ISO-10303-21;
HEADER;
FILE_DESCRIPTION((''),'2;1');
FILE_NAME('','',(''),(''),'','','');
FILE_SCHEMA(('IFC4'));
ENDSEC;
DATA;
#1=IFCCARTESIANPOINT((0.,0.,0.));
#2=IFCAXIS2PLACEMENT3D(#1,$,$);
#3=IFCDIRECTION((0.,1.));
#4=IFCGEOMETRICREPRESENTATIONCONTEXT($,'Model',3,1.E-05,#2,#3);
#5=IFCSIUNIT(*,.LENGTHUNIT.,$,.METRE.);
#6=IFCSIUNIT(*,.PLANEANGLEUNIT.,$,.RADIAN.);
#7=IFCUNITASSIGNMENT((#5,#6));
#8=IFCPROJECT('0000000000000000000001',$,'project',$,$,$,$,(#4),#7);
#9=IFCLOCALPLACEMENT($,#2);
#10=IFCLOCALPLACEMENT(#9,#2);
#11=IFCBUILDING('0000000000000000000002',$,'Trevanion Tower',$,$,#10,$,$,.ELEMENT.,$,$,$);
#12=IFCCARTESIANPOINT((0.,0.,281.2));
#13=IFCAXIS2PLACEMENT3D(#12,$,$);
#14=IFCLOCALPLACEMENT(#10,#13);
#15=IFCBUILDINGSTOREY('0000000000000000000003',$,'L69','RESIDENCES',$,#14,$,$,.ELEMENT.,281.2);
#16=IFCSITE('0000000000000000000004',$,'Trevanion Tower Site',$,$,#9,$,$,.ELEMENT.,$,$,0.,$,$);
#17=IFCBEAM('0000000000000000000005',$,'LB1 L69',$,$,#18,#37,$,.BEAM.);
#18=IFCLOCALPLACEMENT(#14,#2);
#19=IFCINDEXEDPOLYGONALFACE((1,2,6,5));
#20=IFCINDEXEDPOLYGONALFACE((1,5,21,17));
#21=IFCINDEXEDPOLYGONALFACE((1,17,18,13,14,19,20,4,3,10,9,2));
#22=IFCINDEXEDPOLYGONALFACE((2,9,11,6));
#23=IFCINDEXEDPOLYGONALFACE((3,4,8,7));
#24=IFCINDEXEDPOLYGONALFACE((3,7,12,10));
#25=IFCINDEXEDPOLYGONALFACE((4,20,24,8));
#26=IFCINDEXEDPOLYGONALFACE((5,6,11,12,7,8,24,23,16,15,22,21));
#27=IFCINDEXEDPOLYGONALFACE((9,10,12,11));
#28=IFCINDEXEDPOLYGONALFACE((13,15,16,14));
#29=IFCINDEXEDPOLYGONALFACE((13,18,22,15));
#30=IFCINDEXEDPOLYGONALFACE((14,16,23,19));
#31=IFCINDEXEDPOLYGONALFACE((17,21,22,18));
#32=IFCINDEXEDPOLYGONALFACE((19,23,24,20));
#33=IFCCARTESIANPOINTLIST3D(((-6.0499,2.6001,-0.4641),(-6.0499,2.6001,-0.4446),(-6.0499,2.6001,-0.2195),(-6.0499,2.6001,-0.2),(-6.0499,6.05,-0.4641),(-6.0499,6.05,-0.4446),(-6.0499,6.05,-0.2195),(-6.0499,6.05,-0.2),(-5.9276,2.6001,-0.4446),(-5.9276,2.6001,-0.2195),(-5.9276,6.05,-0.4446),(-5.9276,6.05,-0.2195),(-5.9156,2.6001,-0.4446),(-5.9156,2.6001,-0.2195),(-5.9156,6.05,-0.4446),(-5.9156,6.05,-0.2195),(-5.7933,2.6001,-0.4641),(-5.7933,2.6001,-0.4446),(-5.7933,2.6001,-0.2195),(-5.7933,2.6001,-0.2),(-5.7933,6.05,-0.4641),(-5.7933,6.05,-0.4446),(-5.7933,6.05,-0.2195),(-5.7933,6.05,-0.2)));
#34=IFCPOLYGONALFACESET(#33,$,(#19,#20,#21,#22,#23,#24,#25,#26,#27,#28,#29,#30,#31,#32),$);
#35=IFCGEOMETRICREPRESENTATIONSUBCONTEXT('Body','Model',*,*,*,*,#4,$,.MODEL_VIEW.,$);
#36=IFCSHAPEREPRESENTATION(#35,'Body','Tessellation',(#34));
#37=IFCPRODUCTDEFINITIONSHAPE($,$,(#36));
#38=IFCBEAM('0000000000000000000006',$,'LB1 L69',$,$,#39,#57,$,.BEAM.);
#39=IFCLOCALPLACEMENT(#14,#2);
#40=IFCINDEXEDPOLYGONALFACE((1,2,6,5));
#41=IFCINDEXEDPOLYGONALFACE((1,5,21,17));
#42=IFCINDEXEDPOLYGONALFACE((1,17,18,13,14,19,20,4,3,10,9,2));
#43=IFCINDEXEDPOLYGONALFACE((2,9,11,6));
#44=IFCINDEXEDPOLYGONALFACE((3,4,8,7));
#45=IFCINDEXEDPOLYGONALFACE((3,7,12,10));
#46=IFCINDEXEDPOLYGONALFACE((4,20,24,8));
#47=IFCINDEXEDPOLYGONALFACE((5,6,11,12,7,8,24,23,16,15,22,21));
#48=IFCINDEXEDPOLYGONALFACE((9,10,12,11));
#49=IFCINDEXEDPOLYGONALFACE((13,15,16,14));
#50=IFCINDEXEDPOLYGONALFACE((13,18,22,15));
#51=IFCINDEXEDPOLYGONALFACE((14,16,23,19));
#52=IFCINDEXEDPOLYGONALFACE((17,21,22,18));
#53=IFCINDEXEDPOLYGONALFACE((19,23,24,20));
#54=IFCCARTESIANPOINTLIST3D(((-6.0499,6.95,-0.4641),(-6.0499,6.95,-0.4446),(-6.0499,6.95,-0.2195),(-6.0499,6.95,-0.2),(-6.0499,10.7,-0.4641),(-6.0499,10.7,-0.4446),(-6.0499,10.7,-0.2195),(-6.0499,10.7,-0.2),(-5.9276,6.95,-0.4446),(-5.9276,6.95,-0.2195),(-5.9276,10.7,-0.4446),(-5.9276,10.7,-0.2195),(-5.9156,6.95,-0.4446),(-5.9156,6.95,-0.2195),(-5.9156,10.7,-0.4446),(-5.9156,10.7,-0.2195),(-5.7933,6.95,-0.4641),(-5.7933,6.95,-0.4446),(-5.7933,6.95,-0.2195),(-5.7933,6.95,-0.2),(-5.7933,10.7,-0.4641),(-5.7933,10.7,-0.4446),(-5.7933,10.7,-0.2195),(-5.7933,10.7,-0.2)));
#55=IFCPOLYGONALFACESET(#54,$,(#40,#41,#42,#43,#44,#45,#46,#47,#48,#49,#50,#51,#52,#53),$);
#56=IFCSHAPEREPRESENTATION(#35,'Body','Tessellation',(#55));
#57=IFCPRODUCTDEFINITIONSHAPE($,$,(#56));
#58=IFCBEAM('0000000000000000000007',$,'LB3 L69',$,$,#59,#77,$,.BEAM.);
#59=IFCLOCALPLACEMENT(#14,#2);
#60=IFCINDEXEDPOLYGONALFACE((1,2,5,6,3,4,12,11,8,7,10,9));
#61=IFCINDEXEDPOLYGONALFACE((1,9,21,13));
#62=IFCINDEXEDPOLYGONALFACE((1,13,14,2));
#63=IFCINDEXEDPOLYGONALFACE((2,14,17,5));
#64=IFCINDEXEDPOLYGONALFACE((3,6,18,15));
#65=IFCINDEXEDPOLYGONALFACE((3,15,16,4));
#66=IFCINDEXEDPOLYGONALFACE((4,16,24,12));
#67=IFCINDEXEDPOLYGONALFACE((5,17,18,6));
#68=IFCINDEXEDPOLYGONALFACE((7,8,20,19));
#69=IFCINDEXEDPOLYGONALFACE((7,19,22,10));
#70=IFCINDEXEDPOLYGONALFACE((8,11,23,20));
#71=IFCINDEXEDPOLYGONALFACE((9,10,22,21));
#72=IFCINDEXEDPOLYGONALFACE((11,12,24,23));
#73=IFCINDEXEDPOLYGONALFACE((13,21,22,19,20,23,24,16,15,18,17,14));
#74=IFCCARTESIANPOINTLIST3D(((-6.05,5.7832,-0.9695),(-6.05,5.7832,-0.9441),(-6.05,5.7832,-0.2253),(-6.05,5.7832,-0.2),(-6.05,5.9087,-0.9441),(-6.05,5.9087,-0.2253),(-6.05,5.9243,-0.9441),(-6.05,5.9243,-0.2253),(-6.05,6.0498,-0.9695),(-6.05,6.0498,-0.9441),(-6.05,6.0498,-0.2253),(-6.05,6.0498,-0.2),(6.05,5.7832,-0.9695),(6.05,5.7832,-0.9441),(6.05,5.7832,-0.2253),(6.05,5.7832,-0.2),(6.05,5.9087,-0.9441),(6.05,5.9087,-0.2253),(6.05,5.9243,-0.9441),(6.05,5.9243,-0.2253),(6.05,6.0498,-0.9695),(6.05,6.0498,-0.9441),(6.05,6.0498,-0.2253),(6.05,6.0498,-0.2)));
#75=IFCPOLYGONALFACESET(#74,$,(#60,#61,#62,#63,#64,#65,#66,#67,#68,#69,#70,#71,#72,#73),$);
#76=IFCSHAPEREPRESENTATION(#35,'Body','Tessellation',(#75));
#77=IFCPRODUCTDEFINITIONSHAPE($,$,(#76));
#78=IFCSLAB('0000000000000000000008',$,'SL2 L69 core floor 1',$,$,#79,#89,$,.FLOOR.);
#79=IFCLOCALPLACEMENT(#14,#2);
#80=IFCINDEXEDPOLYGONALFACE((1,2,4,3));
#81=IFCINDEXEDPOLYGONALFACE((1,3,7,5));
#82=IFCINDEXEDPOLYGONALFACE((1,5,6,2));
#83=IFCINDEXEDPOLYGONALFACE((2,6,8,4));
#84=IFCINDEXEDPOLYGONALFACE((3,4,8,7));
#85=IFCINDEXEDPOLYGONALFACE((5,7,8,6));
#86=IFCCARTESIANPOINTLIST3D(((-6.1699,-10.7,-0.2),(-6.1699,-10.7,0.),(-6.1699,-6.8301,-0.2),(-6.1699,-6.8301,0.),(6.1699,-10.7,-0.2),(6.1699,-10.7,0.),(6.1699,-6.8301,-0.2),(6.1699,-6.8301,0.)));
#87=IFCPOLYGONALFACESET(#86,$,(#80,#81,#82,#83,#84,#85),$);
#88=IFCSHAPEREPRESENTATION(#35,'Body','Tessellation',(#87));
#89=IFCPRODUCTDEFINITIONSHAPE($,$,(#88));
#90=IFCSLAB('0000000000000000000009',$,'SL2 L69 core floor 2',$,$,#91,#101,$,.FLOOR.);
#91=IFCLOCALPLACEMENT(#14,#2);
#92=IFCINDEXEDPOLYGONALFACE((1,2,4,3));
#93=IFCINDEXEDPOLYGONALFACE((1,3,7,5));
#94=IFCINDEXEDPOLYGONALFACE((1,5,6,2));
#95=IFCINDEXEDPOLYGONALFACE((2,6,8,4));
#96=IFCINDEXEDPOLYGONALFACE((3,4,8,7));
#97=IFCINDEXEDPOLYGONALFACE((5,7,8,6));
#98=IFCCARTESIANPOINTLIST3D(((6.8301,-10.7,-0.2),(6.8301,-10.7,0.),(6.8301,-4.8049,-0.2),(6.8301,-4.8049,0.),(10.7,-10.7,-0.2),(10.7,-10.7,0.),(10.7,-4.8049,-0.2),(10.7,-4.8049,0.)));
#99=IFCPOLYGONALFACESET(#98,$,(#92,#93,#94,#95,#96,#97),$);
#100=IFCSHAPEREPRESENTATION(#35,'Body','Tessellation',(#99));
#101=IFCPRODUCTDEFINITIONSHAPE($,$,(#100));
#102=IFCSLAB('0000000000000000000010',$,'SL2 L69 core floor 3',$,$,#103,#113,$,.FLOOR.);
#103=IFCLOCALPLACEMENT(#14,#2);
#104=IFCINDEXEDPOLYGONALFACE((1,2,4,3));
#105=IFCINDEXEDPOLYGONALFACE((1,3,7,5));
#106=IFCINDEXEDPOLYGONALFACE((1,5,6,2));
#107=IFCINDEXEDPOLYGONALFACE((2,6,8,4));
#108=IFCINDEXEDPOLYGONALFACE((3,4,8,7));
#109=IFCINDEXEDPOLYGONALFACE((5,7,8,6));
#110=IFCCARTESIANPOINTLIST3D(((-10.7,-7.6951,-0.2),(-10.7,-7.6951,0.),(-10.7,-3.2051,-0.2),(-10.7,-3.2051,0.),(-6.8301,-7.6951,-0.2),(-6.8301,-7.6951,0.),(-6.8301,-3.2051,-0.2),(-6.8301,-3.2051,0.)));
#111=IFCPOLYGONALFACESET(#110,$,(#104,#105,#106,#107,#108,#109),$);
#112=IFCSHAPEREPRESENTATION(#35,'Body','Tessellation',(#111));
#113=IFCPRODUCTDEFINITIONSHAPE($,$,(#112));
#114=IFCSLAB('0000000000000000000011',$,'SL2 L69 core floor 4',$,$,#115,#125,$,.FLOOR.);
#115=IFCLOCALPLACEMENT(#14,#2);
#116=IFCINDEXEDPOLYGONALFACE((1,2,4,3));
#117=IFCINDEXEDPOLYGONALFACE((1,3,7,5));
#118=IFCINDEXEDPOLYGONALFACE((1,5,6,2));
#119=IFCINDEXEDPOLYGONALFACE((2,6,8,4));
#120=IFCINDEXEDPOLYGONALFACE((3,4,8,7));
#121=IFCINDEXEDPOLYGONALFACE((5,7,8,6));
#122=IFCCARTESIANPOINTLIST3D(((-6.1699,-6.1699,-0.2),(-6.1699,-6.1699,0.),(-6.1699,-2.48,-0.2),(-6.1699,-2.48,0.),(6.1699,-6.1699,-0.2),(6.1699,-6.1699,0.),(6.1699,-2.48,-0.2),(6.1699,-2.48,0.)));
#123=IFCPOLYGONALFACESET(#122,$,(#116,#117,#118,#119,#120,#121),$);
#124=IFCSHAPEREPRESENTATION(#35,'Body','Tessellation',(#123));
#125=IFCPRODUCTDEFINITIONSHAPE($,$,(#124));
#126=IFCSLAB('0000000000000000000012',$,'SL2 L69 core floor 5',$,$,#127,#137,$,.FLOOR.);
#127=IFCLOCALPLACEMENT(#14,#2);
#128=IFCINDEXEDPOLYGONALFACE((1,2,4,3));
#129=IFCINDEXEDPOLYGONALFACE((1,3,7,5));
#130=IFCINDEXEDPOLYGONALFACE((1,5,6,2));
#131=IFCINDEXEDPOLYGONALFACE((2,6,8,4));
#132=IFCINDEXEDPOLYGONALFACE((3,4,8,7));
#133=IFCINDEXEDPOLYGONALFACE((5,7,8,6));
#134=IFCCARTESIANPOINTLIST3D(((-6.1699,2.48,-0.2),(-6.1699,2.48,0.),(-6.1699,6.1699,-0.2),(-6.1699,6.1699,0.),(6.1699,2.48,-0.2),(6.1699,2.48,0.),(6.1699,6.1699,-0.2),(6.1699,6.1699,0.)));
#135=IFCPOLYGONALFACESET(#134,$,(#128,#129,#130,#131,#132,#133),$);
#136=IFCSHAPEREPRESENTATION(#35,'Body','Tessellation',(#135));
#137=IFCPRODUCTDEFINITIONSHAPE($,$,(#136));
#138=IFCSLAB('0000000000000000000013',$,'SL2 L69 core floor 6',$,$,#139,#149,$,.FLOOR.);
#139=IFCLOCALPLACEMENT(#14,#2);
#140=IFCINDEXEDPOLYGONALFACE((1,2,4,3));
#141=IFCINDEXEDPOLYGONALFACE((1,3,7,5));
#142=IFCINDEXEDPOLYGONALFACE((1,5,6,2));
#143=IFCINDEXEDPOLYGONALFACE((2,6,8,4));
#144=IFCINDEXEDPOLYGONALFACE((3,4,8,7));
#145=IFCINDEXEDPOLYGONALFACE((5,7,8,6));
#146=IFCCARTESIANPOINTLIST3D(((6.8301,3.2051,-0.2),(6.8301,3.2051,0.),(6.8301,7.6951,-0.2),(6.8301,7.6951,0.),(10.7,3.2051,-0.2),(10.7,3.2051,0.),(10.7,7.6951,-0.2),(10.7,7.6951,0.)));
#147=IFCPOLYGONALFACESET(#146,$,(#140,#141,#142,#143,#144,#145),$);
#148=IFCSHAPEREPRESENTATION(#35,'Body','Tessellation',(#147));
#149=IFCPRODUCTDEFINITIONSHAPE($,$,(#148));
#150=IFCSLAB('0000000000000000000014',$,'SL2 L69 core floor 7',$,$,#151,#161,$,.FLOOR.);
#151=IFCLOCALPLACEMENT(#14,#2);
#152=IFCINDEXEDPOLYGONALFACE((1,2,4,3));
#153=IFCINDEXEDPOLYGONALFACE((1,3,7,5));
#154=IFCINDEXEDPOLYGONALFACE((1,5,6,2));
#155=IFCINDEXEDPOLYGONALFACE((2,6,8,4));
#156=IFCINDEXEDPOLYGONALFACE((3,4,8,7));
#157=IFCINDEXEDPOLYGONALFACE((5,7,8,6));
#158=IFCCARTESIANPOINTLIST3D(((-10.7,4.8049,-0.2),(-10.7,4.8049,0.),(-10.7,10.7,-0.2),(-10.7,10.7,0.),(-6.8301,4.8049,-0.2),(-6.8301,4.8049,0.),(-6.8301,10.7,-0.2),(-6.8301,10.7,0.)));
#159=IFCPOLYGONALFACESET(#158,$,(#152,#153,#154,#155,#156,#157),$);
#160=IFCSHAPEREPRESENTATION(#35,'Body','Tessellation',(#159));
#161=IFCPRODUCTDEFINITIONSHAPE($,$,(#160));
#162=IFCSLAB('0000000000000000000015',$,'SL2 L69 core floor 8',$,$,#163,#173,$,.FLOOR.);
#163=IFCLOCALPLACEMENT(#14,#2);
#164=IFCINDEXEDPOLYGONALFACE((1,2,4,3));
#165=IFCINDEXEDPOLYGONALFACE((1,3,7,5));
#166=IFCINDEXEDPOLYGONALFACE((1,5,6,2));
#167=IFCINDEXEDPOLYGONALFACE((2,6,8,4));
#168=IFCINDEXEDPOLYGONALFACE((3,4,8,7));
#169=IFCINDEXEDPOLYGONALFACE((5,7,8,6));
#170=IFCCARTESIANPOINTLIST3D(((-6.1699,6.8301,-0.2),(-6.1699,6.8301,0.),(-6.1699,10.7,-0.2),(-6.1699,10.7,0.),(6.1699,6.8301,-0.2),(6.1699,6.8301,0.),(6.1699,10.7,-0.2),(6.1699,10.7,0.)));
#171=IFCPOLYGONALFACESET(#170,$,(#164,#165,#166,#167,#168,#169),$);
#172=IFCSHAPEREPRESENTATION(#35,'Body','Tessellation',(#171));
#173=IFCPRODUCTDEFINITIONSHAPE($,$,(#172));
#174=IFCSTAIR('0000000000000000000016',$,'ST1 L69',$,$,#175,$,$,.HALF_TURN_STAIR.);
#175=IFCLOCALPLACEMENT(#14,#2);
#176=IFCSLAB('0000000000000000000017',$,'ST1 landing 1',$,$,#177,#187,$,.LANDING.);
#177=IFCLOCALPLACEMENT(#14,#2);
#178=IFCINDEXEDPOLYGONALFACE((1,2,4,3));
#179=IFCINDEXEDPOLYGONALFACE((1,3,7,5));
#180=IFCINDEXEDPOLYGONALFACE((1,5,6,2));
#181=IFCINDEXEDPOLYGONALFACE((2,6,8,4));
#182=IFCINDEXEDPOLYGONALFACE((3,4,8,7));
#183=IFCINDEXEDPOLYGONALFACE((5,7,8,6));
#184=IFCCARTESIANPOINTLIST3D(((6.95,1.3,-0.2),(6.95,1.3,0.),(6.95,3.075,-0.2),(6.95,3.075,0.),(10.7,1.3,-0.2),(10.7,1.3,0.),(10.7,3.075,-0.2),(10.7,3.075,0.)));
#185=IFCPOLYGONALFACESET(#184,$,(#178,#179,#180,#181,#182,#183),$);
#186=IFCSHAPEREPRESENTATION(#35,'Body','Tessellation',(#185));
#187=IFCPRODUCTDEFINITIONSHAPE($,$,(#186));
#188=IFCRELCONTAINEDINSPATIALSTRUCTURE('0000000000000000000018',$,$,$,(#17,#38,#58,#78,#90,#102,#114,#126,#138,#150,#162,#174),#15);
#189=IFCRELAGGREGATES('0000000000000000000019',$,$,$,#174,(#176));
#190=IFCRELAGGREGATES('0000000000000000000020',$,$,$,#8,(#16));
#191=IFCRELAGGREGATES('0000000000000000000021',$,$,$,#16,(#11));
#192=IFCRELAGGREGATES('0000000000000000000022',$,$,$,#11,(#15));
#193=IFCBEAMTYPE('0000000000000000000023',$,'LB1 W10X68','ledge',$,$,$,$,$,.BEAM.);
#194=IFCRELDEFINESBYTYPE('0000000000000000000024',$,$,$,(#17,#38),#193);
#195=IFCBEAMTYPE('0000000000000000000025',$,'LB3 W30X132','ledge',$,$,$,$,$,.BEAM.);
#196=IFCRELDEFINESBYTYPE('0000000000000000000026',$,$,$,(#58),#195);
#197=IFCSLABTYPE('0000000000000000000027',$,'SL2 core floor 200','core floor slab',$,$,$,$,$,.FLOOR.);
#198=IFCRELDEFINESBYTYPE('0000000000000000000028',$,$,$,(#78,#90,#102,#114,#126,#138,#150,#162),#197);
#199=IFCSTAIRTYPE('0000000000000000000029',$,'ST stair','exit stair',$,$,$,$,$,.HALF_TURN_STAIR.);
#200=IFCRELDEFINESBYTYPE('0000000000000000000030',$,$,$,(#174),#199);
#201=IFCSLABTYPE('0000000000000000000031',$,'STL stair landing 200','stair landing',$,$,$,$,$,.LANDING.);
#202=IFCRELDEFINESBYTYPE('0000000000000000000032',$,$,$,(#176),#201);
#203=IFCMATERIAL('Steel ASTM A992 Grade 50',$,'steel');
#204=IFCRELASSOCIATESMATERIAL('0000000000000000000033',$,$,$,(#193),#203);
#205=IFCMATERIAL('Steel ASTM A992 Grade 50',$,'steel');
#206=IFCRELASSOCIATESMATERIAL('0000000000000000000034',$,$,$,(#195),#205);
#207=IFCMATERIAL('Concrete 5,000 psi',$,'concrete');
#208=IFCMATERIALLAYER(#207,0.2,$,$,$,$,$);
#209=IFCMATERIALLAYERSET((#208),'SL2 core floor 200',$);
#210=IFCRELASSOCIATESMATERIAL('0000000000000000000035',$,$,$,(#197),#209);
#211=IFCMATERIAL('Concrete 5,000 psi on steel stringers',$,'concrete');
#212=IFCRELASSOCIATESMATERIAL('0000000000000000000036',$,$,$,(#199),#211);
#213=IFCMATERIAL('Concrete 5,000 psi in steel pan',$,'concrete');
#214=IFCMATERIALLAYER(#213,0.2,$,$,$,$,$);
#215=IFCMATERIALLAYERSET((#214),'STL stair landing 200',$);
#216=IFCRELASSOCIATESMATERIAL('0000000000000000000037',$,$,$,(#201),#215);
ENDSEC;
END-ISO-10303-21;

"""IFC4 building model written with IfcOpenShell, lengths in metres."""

from ifc_helpers import new_model, si_unit, direction, frame, origin, origin_2d, place, context, subcontext, project, spatial, polyline, i_section, outline, extrude, material, layer, layer_set, material_profile, profile_set, type_object, element, aggregate, save


model = new_model("IFC4")

# Units and contexts
model_context = context("Model", 3, precision=1e-05, world=origin(), true_north=direction((0.0, 1.0)))
body_context = subcontext(model_context, "Body", "Model", "MODEL_VIEW")
ifc_project = project(units=[si_unit("LENGTHUNIT", "METRE"), si_unit("PLANEANGLEUNIT", "RADIAN")], contexts=[model_context])

# Site, building, storey
site_placement = place(None, origin())
site = spatial("IfcSite", under=ifc_project, at=site_placement, Name="Trevanion Tower Site", CompositionType="ELEMENT", RefElevation=0.0)
building_placement = place(site_placement, origin())
building = spatial("IfcBuilding", under=site, at=building_placement, Name="Trevanion Tower", CompositionType="ELEMENT")
storey_placement = place(building_placement, frame((0.0, 0.0, 281.2)))
storey = spatial("IfcBuildingStorey", under=building, at=storey_placement, Name="L69", Description="RESIDENCES", CompositionType="ELEMENT", Elevation=281.2)

# Beams
ifc_material_1 = material(Name="Steel ASTM A992 Grade 50", Category="steel")
ifc_material_profile_1 = material_profile(ifc_material_1, i_section(OverallWidth=0.2566, OverallDepth=0.2642, WebThickness=0.012, FlangeThickness=0.0195, at=origin_2d()), Name="W10X68")
ifc_profile_set_1 = profile_set([ifc_material_profile_1], Name="Steel ASTM A992 Grade 50")
beam_type_1 = type_object("IfcBeamType", Name="LB1 W10X68", Description="ledge", PredefinedType="BEAM", material=ifc_profile_set_1)
beam_1_placement = place(storey_placement, frame((-5.9216, 2.6001, -0.332), z_axis=(0.0, 1.0, 0.0), x_axis=(-1.0, 0.0, 0.0)))
element("IfcBeam", 1, at=beam_1_placement, inside=storey, type_object=beam_type_1, Name="LB1 L69", PredefinedType="BEAM", context=body_context, shape_type="SweptSolid", body=[
    extrude(i_section(OverallWidth=0.2566, OverallDepth=0.2642, WebThickness=0.012, FlangeThickness=0.0195, at=origin_2d()), origin(), (0.0, 0.0, 1.0), 3.45),
])
beam_2_placement = place(storey_placement, frame((-5.9216, 6.95, -0.332), z_axis=(0.0, 1.0, 0.0), x_axis=(-1.0, 0.0, 0.0)))
element("IfcBeam", 2, at=beam_2_placement, inside=storey, type_object=beam_type_1, Name="LB1 L69", PredefinedType="BEAM", context=body_context, shape_type="SweptSolid", body=[
    extrude(i_section(OverallWidth=0.2566, OverallDepth=0.2642, WebThickness=0.012, FlangeThickness=0.0195, at=origin_2d()), origin(), (0.0, 0.0, 1.0), 3.75),
])
ifc_material_2 = material(Name="Steel ASTM A992 Grade 50", Category="steel")
ifc_material_profile_2 = material_profile(ifc_material_2, i_section(OverallWidth=0.2666, OverallDepth=0.7695, WebThickness=0.0156, FlangeThickness=0.0254, at=origin_2d()), Name="W30X132")
ifc_profile_set_2 = profile_set([ifc_material_profile_2], Name="Steel ASTM A992 Grade 50")
beam_type_2 = type_object("IfcBeamType", Name="LB3 W30X132", Description="ledge", PredefinedType="BEAM", material=ifc_profile_set_2)
beam_3_placement = place(storey_placement, frame((-6.05, 5.9165, -0.5847), z_axis=(1.0, 0.0, 0.0), x_axis=(0.0, 1.0, 0.0)))
element("IfcBeam", 3, at=beam_3_placement, inside=storey, type_object=beam_type_2, Name="LB3 L69", PredefinedType="BEAM", context=body_context, shape_type="SweptSolid", body=[
    extrude(i_section(OverallWidth=0.2666, OverallDepth=0.7695, WebThickness=0.0156, FlangeThickness=0.0254, at=origin_2d()), origin(), (0.0, 0.0, 1.0), 12.1001),
])

# Slabs
ifc_material_3 = material(Name="Concrete 5,000 psi", Category="concrete")
ifc_layer_1 = layer(ifc_material_3, 0.2)
ifc_layer_set_1 = layer_set([ifc_layer_1], Name="SL2 core floor 200")
slab_type_1 = type_object("IfcSlabType", Name="SL2 core floor 200", Description="core floor slab", PredefinedType="FLOOR", material=ifc_layer_set_1)
slab_1_placement = place(storey_placement, frame((0.0, 0.0, -0.2)))
element("IfcSlab", 4, at=slab_1_placement, inside=storey, type_object=slab_type_1, Name="SL2 L69 core floor 1", PredefinedType="FLOOR", context=body_context, shape_type="SweptSolid", body=[
    extrude(outline(polyline([(6.1699, -10.7), (-6.1699, -10.7), (-6.1699, -6.8301), (6.1699, -6.8301), (6.1699, -10.7)])), origin(), (0.0, 0.0, 1.0), 0.2),
])
slab_2_placement = place(storey_placement, frame((0.0, 0.0, -0.2)))
element("IfcSlab", 5, at=slab_2_placement, inside=storey, type_object=slab_type_1, Name="SL2 L69 core floor 2", PredefinedType="FLOOR", context=body_context, shape_type="SweptSolid", body=[
    extrude(outline(polyline([(6.8301, -4.8049), (10.7, -4.8049), (10.7, -10.7), (6.8301, -10.7), (6.8301, -4.8049)])), origin(), (0.0, 0.0, 1.0), 0.2),
])
slab_3_placement = place(storey_placement, frame((0.0, 0.0, -0.2)))
element("IfcSlab", 6, at=slab_3_placement, inside=storey, type_object=slab_type_1, Name="SL2 L69 core floor 3", PredefinedType="FLOOR", context=body_context, shape_type="SweptSolid", body=[
    extrude(outline(polyline([(-6.8301, -3.2051), (-6.8301, -7.6951), (-10.7, -7.6951), (-10.7, -3.2051), (-6.8301, -3.2051)])), origin(), (0.0, 0.0, 1.0), 0.2),
])
slab_4_placement = place(storey_placement, frame((0.0, 0.0, -0.2)))
element("IfcSlab", 7, at=slab_4_placement, inside=storey, type_object=slab_type_1, Name="SL2 L69 core floor 4", PredefinedType="FLOOR", context=body_context, shape_type="SweptSolid", body=[
    extrude(outline(polyline([(6.1699, -6.1699), (-6.1699, -6.1699), (-6.1699, -2.48), (6.1699, -2.48), (6.1699, -6.1699)])), origin(), (0.0, 0.0, 1.0), 0.2),
])
slab_5_placement = place(storey_placement, frame((0.0, 0.0, -0.2)))
element("IfcSlab", 8, at=slab_5_placement, inside=storey, type_object=slab_type_1, Name="SL2 L69 core floor 5", PredefinedType="FLOOR", context=body_context, shape_type="SweptSolid", body=[
    extrude(outline(polyline([(6.1699, 2.48), (-6.1699, 2.48), (-6.1699, 6.1699), (6.1699, 6.1699), (6.1699, 2.48)])), origin(), (0.0, 0.0, 1.0), 0.2),
])
slab_6_placement = place(storey_placement, frame((0.0, 0.0, -0.2)))
element("IfcSlab", 9, at=slab_6_placement, inside=storey, type_object=slab_type_1, Name="SL2 L69 core floor 6", PredefinedType="FLOOR", context=body_context, shape_type="SweptSolid", body=[
    extrude(outline(polyline([(6.8301, 3.2051), (6.8301, 7.6951), (10.7, 7.6951), (10.7, 3.2051), (6.8301, 3.2051)])), origin(), (0.0, 0.0, 1.0), 0.2),
])
slab_7_placement = place(storey_placement, frame((0.0, 0.0, -0.2)))
element("IfcSlab", 10, at=slab_7_placement, inside=storey, type_object=slab_type_1, Name="SL2 L69 core floor 7", PredefinedType="FLOOR", context=body_context, shape_type="SweptSolid", body=[
    extrude(outline(polyline([(-6.8301, 4.8049), (-10.7, 4.8049), (-10.7, 10.7), (-6.8301, 10.7), (-6.8301, 4.8049)])), origin(), (0.0, 0.0, 1.0), 0.2),
])
slab_8_placement = place(storey_placement, frame((0.0, 0.0, -0.2)))
element("IfcSlab", 11, at=slab_8_placement, inside=storey, type_object=slab_type_1, Name="SL2 L69 core floor 8", PredefinedType="FLOOR", context=body_context, shape_type="SweptSolid", body=[
    extrude(outline(polyline([(6.1699, 6.8301), (-6.1699, 6.8301), (-6.1699, 10.7), (6.1699, 10.7), (6.1699, 6.8301)])), origin(), (0.0, 0.0, 1.0), 0.2),
])

# Stair, slab
ifc_material_4 = material(Name="Concrete 5,000 psi on steel stringers", Category="concrete")
stair_type = type_object("IfcStairType", Name="ST stair", Description="exit stair", PredefinedType="HALF_TURN_STAIR", material=ifc_material_4)
stair_1_placement = place(storey_placement, origin())
stair_1 = element("IfcStair", 12, at=stair_1_placement, inside=storey, type_object=stair_type, Name="ST1 L69", PredefinedType="HALF_TURN_STAIR")
ifc_material_5 = material(Name="Concrete 5,000 psi in steel pan", Category="concrete")
ifc_layer_2 = layer(ifc_material_5, 0.2)
ifc_layer_set_2 = layer_set([ifc_layer_2], Name="STL stair landing 200")
slab_type_2 = type_object("IfcSlabType", Name="STL stair landing 200", Description="stair landing", PredefinedType="LANDING", material=ifc_layer_set_2)
slab_9_placement = place(storey_placement, frame((0.0, 0.0, -0.2)))
slab_9 = element("IfcSlab", 13, at=slab_9_placement, type_object=slab_type_2, Name="ST1 landing 1", PredefinedType="LANDING", context=body_context, shape_type="SweptSolid", body=[
    extrude(outline(polyline([(6.95, 1.3), (10.7, 1.3), (10.7, 3.075), (6.95, 3.075), (6.95, 1.3)])), origin(), (0.0, 0.0, 1.0), 0.2),
])
aggregate(stair_1, [slab_9])

save(model, "model.ifc")
